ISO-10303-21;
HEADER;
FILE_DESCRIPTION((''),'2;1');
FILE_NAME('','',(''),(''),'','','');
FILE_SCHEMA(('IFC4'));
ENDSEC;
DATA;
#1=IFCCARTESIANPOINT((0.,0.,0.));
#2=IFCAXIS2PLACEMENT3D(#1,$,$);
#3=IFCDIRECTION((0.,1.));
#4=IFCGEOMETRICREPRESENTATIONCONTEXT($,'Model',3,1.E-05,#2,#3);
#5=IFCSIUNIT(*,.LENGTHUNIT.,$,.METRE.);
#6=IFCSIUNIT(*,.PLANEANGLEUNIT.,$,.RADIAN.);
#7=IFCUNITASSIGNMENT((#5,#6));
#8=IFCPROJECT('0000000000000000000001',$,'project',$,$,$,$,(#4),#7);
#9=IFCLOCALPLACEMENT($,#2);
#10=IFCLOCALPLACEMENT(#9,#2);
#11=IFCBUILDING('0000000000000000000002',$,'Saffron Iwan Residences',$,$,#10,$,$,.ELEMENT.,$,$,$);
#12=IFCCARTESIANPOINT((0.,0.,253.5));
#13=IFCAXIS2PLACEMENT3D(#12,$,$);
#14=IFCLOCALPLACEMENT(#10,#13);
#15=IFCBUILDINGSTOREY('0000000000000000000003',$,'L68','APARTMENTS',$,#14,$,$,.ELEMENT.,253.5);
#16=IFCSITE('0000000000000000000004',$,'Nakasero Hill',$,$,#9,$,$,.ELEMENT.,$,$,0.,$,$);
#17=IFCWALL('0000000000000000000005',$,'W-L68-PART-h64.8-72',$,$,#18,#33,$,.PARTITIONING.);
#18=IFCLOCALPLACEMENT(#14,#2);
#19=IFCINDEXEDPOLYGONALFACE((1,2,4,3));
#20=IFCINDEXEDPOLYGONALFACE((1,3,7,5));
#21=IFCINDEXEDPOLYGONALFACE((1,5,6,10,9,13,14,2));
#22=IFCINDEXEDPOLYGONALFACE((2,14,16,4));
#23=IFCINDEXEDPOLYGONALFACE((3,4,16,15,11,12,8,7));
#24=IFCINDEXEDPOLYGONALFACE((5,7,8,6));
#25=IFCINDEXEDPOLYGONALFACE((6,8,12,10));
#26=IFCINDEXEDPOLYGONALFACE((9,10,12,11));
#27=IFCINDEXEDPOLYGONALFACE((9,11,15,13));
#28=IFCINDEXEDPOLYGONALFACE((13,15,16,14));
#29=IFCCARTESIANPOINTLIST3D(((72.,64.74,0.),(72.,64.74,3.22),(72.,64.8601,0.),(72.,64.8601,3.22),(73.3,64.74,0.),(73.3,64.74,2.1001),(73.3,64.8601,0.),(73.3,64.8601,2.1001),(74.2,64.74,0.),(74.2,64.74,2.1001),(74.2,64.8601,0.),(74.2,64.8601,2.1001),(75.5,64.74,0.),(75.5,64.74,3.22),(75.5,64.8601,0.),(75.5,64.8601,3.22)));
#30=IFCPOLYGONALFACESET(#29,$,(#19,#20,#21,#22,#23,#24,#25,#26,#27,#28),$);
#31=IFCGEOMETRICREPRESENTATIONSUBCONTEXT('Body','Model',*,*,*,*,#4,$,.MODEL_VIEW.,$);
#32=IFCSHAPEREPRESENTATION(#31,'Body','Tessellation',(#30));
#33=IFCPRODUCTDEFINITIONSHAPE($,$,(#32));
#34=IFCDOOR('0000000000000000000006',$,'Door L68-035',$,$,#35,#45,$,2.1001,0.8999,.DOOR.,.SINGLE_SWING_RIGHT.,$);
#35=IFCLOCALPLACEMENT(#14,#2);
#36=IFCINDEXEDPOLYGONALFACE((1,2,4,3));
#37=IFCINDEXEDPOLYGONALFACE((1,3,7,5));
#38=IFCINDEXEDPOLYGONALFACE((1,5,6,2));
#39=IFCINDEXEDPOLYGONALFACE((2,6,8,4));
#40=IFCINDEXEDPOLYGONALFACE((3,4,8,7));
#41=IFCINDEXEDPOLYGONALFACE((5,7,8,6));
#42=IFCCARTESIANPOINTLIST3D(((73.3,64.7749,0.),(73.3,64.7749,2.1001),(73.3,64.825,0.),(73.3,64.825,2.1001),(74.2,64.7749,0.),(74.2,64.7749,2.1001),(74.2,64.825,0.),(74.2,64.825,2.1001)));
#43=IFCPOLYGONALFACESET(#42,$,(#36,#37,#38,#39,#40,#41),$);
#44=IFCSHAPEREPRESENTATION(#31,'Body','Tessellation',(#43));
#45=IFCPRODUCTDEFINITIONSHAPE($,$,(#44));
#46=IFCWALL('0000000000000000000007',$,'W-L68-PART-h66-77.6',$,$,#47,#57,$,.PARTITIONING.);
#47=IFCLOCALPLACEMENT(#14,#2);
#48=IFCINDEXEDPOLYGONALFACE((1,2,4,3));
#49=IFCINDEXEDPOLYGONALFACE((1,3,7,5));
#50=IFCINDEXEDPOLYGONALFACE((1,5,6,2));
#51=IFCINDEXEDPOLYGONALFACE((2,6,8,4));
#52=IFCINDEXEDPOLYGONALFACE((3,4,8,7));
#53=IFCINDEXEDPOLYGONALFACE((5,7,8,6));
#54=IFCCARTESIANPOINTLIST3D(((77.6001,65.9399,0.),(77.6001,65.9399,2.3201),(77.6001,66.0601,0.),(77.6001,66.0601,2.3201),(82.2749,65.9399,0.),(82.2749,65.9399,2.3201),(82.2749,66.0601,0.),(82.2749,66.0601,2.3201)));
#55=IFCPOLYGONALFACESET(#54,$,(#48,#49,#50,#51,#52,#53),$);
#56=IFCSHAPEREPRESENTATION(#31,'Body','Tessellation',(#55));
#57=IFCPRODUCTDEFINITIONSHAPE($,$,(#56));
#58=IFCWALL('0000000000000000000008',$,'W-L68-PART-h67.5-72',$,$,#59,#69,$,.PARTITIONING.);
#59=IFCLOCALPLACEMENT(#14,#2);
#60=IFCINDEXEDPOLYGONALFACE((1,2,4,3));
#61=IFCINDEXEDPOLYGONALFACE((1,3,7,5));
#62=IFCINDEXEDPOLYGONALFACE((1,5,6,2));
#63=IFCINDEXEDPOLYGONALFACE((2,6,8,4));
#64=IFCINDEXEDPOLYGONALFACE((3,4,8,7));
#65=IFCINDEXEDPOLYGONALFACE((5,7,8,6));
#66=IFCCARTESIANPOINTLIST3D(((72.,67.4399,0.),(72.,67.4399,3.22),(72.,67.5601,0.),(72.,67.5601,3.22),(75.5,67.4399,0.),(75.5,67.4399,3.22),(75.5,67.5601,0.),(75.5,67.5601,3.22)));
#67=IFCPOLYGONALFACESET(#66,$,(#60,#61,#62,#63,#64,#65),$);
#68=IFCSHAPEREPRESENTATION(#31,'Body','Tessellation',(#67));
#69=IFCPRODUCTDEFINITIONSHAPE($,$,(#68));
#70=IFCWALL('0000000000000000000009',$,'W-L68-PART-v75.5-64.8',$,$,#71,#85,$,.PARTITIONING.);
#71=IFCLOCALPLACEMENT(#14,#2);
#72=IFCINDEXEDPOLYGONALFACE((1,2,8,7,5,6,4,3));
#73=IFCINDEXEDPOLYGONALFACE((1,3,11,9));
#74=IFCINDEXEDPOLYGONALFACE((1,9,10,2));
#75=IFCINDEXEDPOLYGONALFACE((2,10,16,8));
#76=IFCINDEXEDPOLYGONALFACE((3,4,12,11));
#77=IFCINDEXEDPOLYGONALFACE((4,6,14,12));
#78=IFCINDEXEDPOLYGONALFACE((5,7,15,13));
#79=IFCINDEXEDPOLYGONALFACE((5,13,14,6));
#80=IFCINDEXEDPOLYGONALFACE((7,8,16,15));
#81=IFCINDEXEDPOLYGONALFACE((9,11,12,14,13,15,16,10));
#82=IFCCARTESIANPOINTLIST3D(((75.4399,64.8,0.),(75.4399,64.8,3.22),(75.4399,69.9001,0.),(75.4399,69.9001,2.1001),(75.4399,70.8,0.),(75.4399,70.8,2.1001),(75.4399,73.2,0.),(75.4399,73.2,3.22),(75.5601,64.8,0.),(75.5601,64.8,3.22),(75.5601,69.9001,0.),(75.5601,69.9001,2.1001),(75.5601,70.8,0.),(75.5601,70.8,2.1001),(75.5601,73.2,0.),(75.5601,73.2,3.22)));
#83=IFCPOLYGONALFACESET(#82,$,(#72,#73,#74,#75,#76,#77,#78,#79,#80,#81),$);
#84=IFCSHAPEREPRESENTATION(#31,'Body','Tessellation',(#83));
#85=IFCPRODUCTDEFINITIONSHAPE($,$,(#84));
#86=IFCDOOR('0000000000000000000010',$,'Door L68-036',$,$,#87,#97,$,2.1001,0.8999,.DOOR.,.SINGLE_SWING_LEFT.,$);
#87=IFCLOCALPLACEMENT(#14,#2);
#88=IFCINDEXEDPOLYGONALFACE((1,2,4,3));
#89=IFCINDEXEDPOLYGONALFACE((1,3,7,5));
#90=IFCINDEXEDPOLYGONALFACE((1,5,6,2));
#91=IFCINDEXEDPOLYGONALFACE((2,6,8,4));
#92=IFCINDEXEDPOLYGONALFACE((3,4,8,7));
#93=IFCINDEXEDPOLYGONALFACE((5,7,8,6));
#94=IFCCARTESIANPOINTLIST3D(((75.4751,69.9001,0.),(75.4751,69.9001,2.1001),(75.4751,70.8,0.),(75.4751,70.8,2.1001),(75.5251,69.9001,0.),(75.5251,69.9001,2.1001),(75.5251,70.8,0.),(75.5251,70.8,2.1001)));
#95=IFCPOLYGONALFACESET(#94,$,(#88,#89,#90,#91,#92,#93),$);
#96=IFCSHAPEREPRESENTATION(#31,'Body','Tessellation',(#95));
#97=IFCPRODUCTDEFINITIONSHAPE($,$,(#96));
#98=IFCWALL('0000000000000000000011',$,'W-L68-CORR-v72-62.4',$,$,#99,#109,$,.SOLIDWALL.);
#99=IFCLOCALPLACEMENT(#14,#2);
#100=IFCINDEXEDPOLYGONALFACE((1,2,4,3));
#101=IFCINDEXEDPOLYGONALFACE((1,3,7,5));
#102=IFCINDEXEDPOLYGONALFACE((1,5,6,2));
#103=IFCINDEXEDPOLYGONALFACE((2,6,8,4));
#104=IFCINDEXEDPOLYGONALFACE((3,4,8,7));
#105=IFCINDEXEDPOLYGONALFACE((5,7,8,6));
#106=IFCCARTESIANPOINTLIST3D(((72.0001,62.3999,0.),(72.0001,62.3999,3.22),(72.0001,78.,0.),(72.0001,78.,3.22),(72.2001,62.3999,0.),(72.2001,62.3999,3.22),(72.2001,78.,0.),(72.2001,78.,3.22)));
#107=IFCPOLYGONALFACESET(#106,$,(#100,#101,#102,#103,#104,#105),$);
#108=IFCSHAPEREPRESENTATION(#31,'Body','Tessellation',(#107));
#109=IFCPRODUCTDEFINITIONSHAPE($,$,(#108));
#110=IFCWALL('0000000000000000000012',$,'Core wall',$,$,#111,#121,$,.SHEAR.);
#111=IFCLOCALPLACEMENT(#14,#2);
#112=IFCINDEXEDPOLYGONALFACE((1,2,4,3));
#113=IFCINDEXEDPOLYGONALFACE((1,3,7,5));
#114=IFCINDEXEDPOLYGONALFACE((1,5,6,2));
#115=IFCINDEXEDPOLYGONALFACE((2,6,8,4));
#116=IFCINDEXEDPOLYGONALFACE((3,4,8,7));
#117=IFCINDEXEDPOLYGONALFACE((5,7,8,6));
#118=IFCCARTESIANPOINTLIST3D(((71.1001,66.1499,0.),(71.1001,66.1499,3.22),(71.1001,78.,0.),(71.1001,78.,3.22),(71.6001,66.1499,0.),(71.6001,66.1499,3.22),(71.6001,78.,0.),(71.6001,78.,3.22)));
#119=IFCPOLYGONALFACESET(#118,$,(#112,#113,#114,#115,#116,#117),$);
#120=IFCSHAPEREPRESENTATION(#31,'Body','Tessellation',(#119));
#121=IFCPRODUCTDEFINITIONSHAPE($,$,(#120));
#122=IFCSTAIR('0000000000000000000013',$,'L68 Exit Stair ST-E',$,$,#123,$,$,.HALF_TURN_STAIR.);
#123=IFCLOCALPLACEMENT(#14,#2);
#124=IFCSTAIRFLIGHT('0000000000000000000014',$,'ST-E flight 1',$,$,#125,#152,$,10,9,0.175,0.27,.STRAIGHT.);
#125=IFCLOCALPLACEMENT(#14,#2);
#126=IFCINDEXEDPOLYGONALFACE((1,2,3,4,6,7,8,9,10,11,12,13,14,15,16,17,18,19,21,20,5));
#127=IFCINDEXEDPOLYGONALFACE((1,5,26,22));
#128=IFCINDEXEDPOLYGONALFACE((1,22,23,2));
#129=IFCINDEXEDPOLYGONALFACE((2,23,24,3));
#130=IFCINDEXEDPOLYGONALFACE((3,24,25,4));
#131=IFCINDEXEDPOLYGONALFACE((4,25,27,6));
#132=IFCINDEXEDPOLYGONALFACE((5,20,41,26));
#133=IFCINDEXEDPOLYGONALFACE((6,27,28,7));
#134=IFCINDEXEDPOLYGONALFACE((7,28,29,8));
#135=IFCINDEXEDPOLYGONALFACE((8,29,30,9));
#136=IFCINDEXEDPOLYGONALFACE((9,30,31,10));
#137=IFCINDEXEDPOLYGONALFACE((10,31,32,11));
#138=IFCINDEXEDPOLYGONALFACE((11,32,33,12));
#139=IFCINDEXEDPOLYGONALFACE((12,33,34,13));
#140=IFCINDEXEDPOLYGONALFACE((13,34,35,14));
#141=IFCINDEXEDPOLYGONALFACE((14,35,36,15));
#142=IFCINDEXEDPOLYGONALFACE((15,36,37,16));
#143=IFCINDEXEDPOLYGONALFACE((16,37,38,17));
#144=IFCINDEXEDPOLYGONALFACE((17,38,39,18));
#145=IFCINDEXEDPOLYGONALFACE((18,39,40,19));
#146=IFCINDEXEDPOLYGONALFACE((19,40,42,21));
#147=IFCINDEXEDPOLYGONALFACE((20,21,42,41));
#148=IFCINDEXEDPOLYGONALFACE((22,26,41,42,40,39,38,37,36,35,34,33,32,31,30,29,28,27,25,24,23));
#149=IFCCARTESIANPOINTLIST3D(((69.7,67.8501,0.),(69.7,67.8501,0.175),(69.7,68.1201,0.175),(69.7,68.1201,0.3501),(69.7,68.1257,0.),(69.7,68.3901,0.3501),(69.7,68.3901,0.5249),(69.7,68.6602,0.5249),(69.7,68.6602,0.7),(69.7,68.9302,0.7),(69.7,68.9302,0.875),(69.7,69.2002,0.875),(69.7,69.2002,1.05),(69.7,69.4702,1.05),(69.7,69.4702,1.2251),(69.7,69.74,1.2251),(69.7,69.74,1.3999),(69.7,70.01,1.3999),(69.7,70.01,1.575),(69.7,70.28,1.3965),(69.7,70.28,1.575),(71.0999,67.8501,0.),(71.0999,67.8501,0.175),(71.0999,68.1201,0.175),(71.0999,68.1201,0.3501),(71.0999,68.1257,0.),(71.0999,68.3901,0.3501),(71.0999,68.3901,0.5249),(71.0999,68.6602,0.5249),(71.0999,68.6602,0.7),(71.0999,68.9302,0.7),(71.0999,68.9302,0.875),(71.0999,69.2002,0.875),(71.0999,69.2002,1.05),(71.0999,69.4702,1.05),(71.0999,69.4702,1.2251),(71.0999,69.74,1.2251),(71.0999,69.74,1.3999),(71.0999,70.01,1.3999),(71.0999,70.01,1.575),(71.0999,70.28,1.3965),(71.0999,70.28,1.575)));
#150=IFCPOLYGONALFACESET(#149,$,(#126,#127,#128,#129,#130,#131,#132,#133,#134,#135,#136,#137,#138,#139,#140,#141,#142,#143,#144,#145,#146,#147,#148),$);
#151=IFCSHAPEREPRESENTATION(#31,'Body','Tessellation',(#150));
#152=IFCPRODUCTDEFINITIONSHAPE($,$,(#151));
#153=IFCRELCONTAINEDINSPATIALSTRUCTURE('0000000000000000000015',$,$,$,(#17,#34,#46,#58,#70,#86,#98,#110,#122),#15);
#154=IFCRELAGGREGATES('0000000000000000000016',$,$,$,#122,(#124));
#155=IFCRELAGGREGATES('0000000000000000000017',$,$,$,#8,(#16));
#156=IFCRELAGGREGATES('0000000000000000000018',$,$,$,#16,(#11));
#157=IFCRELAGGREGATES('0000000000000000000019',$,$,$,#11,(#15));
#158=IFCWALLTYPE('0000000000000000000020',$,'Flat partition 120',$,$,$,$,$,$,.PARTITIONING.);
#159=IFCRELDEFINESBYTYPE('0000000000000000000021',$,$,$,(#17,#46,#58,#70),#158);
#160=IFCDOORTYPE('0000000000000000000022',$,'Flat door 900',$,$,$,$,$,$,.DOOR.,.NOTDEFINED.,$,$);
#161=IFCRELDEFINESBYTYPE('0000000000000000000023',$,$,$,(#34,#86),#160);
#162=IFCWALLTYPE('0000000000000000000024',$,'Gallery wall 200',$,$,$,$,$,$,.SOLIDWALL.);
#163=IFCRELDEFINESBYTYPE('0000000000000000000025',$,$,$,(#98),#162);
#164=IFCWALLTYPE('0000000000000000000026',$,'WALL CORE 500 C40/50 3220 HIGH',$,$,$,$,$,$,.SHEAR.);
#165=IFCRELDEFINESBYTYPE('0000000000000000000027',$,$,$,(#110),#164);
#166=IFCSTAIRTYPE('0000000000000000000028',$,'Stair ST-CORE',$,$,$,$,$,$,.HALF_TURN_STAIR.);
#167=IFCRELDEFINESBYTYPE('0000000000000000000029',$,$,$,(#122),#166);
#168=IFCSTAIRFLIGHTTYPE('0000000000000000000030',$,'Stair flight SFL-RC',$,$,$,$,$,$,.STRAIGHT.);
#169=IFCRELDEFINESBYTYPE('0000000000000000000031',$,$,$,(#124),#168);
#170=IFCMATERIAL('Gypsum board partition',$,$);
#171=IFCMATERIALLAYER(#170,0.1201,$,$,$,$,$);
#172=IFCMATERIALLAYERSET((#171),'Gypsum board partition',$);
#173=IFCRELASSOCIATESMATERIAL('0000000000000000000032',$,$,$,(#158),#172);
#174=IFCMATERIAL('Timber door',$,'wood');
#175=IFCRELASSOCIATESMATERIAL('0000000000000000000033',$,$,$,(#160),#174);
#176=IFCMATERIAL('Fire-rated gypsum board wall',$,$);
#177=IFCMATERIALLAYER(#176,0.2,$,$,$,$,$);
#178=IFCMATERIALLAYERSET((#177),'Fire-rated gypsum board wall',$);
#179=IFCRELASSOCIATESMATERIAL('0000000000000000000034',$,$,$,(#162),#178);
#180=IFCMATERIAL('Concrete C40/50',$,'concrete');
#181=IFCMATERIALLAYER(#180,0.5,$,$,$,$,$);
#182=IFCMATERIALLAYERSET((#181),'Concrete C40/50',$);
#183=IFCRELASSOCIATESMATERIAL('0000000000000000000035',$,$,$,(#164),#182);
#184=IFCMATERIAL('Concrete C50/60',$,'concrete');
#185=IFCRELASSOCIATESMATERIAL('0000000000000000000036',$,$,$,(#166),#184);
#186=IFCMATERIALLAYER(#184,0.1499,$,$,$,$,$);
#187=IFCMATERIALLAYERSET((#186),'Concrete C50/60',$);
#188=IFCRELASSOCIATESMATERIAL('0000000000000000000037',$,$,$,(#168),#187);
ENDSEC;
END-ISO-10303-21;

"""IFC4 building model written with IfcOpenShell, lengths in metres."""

from ifc_helpers import new_model, si_unit, direction, frame, frame_2d, origin, place, context, subcontext, project, spatial, polyline, rectangle, outline, extrude, material, layer, layer_set, type_object, element, fill, aggregate, save


model = new_model("IFC4")

# Units and contexts
model_context = context("Model", 3, precision=1e-05, world=origin(), true_north=direction((0.0, 1.0)))
body_context = subcontext(model_context, "Body", "Model", "MODEL_VIEW")
ifc_project = project(units=[si_unit("LENGTHUNIT", "METRE"), si_unit("PLANEANGLEUNIT", "RADIAN")], contexts=[model_context])

# Site, building, storey
site_placement = place(None, origin())
site = spatial("IfcSite", under=ifc_project, at=site_placement, Name="Nakasero Hill", CompositionType="ELEMENT", RefElevation=0.0)
building_placement = place(site_placement, origin())
building = spatial("IfcBuilding", under=site, at=building_placement, Name="Saffron Iwan Residences", CompositionType="ELEMENT")
storey_placement = place(building_placement, frame((0.0, 0.0, 253.5)))
storey = spatial("IfcBuildingStorey", under=building, at=storey_placement, Name="L68", Description="APARTMENTS", CompositionType="ELEMENT", Elevation=253.5)

# Shared definitions
ifc_material_1 = material(Name="Concrete C40/50", Category="concrete")

# Shared definitions
ifc_material_2 = material(Name="Fire-rated gypsum board wall")
ifc_material_3 = material(Name="Gypsum board partition")
ifc_layer_1 = layer(ifc_material_3, 0.1201)
ifc_layer_set_1 = layer_set([ifc_layer_1], Name="Gypsum board partition")
wall_type_1 = type_object("IfcWallType", Name="Flat partition 120", PredefinedType="PARTITIONING", material=ifc_layer_set_1)

# Wall, opening, door
ifc_material_4 = material(Name="Timber door", Category="wood")
door_type = type_object("IfcDoorType", Name="Flat door 900", OperationType="NOTDEFINED", PredefinedType="DOOR", material=ifc_material_4)
wall_1_placement = place(storey_placement, frame((72.0, 64.8, 0.0), z_axis=(0.0, 0.0, 1.0), x_axis=(1.0, 0.0, 0.0)))
wall_1 = element("IfcWall", 1, at=wall_1_placement, inside=storey, type_object=wall_type_1, Name="W-L68-PART-h64.8-72", PredefinedType="PARTITIONING", context=body_context, shape_type="SweptSolid", body=[
    extrude(rectangle(XDim=3.5, YDim=0.1201, at=frame_2d((1.75, 0.0))), origin(), (0.0, 0.0, 1.0), 3.22),
])
opening_1_placement = place(wall_1_placement, frame((1.3, 0.0, 0.0)))
opening_1 = element("IfcOpeningElement", 2, at=opening_1_placement, cuts=wall_1, PredefinedType="OPENING", context=body_context, shape_type="SweptSolid", body=[
    extrude(rectangle(XDim=0.8999, YDim=2.1001, at=frame_2d((0.45, 1.05))), frame((0.0, 0.0701, 0.0), z_axis=(0.0, -1.0, 0.0), x_axis=(1.0, 0.0, 0.0)), (0.0, 0.0, 1.0), 0.1401),
])
door_1_placement = place(opening_1_placement, origin())
door_1 = element("IfcDoor", 3, at=door_1_placement, inside=storey, type_object=door_type, Name="Door L68-035", OperationType="SINGLE_SWING_RIGHT", OverallHeight=2.1001, OverallWidth=0.8999, PredefinedType="DOOR", context=body_context, shape_type="SweptSolid", body=[
    extrude(rectangle(XDim=0.8999, YDim=2.1001, at=frame_2d((0.45, 1.05))), frame((0.0, 0.0249, 0.0), z_axis=(0.0, -1.0, 0.0), x_axis=(1.0, 0.0, 0.0)), (0.0, 0.0, 1.0), 0.05),
])
fill(opening_1, door_1)

# Walls
wall_2_placement = place(storey_placement, frame((77.6001, 66.0, 0.0), z_axis=(0.0, 0.0, 1.0), x_axis=(1.0, 0.0, 0.0)))
element("IfcWall", 4, at=wall_2_placement, inside=storey, type_object=wall_type_1, Name="W-L68-PART-h66-77.6", PredefinedType="PARTITIONING", context=body_context, shape_type="SweptSolid", body=[
    extrude(rectangle(XDim=4.6748, YDim=0.1201, at=frame_2d((2.3374, 0.0))), origin(), (0.0, 0.0, 1.0), 2.3201),
])
wall_3_placement = place(storey_placement, frame((72.0, 67.5, 0.0), z_axis=(0.0, 0.0, 1.0), x_axis=(1.0, 0.0, 0.0)))
element("IfcWall", 5, at=wall_3_placement, inside=storey, type_object=wall_type_1, Name="W-L68-PART-h67.5-72", PredefinedType="PARTITIONING", context=body_context, shape_type="SweptSolid", body=[
    extrude(rectangle(XDim=3.5, YDim=0.1201, at=frame_2d((1.75, 0.0))), origin(), (0.0, 0.0, 1.0), 3.22),
])

# Wall, opening, door
wall_4_placement = place(storey_placement, frame((75.5, 64.8, 0.0), z_axis=(0.0, 0.0, 1.0), x_axis=(0.0, 1.0, 0.0)))
wall_4 = element("IfcWall", 6, at=wall_4_placement, inside=storey, type_object=wall_type_1, Name="W-L68-PART-v75.5-64.8", PredefinedType="PARTITIONING", context=body_context, shape_type="SweptSolid", body=[
    extrude(rectangle(XDim=8.3999, YDim=0.1201, at=frame_2d((4.2, 0.0))), origin(), (0.0, 0.0, 1.0), 3.22),
])
opening_2_placement = place(wall_4_placement, frame((5.1001, 0.0, 0.0)))
opening_2 = element("IfcOpeningElement", 7, at=opening_2_placement, cuts=wall_4, PredefinedType="OPENING", context=body_context, shape_type="SweptSolid", body=[
    extrude(rectangle(XDim=0.8999, YDim=2.1001, at=frame_2d((0.45, 1.05))), frame((0.0, 0.0701, 0.0), z_axis=(0.0, -1.0, 0.0), x_axis=(1.0, 0.0, 0.0)), (0.0, 0.0, 1.0), 0.1401),
])
door_2_placement = place(opening_2_placement, origin())
door_2 = element("IfcDoor", 8, at=door_2_placement, inside=storey, type_object=door_type, Name="Door L68-036", OperationType="SINGLE_SWING_LEFT", OverallHeight=2.1001, OverallWidth=0.8999, PredefinedType="DOOR", context=body_context, shape_type="SweptSolid", body=[
    extrude(rectangle(XDim=0.8999, YDim=2.1001, at=frame_2d((0.45, 1.05))), frame((0.0, 0.0249, 0.0), z_axis=(0.0, -1.0, 0.0), x_axis=(1.0, 0.0, 0.0)), (0.0, 0.0, 1.0), 0.05),
])
fill(opening_2, door_2)

# Walls
ifc_layer_2 = layer(ifc_material_2, 0.2)
ifc_layer_set_2 = layer_set([ifc_layer_2], Name="Fire-rated gypsum board wall")
wall_type_2 = type_object("IfcWallType", Name="Gallery wall 200", PredefinedType="SOLIDWALL", material=ifc_layer_set_2)
wall_5_placement = place(storey_placement, frame((72.1001, 62.3999, 0.0), z_axis=(0.0, 0.0, 1.0), x_axis=(0.0, 1.0, 0.0)))
element("IfcWall", 9, at=wall_5_placement, inside=storey, type_object=wall_type_2, Name="W-L68-CORR-v72-62.4", PredefinedType="SOLIDWALL", context=body_context, shape_type="SweptSolid", body=[
    extrude(rectangle(XDim=15.6001, YDim=0.2, at=frame_2d((7.8, 0.0))), origin(), (0.0, 0.0, 1.0), 3.22),
])
ifc_layer_3 = layer(ifc_material_1, 0.5)
ifc_layer_set_3 = layer_set([ifc_layer_3], Name="Concrete C40/50")
wall_type_3 = type_object("IfcWallType", Name="WALL CORE 500 C40/50 3220 HIGH", PredefinedType="SHEAR", material=ifc_layer_set_3)
wall_6_placement = place(storey_placement, frame((71.3501, 66.1499, 0.0), z_axis=(0.0, 0.0, 1.0), x_axis=(0.0, 1.0, 0.0)))
element("IfcWall", 10, at=wall_6_placement, inside=storey, type_object=wall_type_3, Name="Core wall", PredefinedType="SHEAR", context=body_context, shape_type="SweptSolid", body=[
    extrude(rectangle(XDim=11.8501, YDim=0.5, at=frame_2d((5.925, 0.0))), origin(), (0.0, 0.0, 1.0), 3.22),
])

# Stair, stair flight
ifc_material_5 = material(Name="Concrete C50/60", Category="concrete")
stair_type = type_object("IfcStairType", Name="Stair ST-CORE", PredefinedType="HALF_TURN_STAIR", material=ifc_material_5)
stair_placement = place(storey_placement, origin())
stair = element("IfcStair", 11, at=stair_placement, inside=storey, type_object=stair_type, Name="L68 Exit Stair ST-E", PredefinedType="HALF_TURN_STAIR")
ifc_layer_4 = layer(ifc_material_5, 0.1499)
ifc_layer_set_4 = layer_set([ifc_layer_4], Name="Concrete C50/60")
stair_flight_type = type_object("IfcStairFlightType", Name="Stair flight SFL-RC", PredefinedType="STRAIGHT", material=ifc_layer_set_4)
stair_flight_placement = place(storey_placement, frame((70.3999, 67.8501, 0.0), z_axis=(0.0, 0.0, 1.0), x_axis=(0.0, 1.0, 0.0)))
stair_flight = element("IfcStairFlight", 12, at=stair_flight_placement, type_object=stair_flight_type, Name="ST-E flight 1", NumberOfRisers=10, NumberOfTreads=9, PredefinedType="STRAIGHT", RiserHeight=0.175, TreadLength=0.27, context=body_context, shape_type="SweptSolid", body=[
    extrude(outline(polyline([(0.0, 0.0), (0.0, 0.175), (0.27, 0.175), (0.27, 0.3501), (0.54, 0.3501), (0.54, 0.5249), (0.8101, 0.5249), (0.8101, 0.7), (1.0801, 0.7), (1.0801, 0.875), (1.3501, 0.875), (1.3501, 1.05), (1.6201, 1.05), (1.6201, 1.2251), (1.8899, 1.2251), (1.8899, 1.3999), (2.1599, 1.3999), (2.1599, 1.575), (2.4299, 1.575), (2.4299, 1.75), (2.4299, 1.3965), (0.2756, 0.0), (0.0, 0.0)])), frame((0.0, 0.7, 0.0), z_axis=(0.0, -1.0, 0.0), x_axis=(1.0, 0.0, 0.0)), (0.0, 0.0, 1.0), 1.3999),
])
aggregate(stair, [stair_flight])

save(model, "model.ifc")
